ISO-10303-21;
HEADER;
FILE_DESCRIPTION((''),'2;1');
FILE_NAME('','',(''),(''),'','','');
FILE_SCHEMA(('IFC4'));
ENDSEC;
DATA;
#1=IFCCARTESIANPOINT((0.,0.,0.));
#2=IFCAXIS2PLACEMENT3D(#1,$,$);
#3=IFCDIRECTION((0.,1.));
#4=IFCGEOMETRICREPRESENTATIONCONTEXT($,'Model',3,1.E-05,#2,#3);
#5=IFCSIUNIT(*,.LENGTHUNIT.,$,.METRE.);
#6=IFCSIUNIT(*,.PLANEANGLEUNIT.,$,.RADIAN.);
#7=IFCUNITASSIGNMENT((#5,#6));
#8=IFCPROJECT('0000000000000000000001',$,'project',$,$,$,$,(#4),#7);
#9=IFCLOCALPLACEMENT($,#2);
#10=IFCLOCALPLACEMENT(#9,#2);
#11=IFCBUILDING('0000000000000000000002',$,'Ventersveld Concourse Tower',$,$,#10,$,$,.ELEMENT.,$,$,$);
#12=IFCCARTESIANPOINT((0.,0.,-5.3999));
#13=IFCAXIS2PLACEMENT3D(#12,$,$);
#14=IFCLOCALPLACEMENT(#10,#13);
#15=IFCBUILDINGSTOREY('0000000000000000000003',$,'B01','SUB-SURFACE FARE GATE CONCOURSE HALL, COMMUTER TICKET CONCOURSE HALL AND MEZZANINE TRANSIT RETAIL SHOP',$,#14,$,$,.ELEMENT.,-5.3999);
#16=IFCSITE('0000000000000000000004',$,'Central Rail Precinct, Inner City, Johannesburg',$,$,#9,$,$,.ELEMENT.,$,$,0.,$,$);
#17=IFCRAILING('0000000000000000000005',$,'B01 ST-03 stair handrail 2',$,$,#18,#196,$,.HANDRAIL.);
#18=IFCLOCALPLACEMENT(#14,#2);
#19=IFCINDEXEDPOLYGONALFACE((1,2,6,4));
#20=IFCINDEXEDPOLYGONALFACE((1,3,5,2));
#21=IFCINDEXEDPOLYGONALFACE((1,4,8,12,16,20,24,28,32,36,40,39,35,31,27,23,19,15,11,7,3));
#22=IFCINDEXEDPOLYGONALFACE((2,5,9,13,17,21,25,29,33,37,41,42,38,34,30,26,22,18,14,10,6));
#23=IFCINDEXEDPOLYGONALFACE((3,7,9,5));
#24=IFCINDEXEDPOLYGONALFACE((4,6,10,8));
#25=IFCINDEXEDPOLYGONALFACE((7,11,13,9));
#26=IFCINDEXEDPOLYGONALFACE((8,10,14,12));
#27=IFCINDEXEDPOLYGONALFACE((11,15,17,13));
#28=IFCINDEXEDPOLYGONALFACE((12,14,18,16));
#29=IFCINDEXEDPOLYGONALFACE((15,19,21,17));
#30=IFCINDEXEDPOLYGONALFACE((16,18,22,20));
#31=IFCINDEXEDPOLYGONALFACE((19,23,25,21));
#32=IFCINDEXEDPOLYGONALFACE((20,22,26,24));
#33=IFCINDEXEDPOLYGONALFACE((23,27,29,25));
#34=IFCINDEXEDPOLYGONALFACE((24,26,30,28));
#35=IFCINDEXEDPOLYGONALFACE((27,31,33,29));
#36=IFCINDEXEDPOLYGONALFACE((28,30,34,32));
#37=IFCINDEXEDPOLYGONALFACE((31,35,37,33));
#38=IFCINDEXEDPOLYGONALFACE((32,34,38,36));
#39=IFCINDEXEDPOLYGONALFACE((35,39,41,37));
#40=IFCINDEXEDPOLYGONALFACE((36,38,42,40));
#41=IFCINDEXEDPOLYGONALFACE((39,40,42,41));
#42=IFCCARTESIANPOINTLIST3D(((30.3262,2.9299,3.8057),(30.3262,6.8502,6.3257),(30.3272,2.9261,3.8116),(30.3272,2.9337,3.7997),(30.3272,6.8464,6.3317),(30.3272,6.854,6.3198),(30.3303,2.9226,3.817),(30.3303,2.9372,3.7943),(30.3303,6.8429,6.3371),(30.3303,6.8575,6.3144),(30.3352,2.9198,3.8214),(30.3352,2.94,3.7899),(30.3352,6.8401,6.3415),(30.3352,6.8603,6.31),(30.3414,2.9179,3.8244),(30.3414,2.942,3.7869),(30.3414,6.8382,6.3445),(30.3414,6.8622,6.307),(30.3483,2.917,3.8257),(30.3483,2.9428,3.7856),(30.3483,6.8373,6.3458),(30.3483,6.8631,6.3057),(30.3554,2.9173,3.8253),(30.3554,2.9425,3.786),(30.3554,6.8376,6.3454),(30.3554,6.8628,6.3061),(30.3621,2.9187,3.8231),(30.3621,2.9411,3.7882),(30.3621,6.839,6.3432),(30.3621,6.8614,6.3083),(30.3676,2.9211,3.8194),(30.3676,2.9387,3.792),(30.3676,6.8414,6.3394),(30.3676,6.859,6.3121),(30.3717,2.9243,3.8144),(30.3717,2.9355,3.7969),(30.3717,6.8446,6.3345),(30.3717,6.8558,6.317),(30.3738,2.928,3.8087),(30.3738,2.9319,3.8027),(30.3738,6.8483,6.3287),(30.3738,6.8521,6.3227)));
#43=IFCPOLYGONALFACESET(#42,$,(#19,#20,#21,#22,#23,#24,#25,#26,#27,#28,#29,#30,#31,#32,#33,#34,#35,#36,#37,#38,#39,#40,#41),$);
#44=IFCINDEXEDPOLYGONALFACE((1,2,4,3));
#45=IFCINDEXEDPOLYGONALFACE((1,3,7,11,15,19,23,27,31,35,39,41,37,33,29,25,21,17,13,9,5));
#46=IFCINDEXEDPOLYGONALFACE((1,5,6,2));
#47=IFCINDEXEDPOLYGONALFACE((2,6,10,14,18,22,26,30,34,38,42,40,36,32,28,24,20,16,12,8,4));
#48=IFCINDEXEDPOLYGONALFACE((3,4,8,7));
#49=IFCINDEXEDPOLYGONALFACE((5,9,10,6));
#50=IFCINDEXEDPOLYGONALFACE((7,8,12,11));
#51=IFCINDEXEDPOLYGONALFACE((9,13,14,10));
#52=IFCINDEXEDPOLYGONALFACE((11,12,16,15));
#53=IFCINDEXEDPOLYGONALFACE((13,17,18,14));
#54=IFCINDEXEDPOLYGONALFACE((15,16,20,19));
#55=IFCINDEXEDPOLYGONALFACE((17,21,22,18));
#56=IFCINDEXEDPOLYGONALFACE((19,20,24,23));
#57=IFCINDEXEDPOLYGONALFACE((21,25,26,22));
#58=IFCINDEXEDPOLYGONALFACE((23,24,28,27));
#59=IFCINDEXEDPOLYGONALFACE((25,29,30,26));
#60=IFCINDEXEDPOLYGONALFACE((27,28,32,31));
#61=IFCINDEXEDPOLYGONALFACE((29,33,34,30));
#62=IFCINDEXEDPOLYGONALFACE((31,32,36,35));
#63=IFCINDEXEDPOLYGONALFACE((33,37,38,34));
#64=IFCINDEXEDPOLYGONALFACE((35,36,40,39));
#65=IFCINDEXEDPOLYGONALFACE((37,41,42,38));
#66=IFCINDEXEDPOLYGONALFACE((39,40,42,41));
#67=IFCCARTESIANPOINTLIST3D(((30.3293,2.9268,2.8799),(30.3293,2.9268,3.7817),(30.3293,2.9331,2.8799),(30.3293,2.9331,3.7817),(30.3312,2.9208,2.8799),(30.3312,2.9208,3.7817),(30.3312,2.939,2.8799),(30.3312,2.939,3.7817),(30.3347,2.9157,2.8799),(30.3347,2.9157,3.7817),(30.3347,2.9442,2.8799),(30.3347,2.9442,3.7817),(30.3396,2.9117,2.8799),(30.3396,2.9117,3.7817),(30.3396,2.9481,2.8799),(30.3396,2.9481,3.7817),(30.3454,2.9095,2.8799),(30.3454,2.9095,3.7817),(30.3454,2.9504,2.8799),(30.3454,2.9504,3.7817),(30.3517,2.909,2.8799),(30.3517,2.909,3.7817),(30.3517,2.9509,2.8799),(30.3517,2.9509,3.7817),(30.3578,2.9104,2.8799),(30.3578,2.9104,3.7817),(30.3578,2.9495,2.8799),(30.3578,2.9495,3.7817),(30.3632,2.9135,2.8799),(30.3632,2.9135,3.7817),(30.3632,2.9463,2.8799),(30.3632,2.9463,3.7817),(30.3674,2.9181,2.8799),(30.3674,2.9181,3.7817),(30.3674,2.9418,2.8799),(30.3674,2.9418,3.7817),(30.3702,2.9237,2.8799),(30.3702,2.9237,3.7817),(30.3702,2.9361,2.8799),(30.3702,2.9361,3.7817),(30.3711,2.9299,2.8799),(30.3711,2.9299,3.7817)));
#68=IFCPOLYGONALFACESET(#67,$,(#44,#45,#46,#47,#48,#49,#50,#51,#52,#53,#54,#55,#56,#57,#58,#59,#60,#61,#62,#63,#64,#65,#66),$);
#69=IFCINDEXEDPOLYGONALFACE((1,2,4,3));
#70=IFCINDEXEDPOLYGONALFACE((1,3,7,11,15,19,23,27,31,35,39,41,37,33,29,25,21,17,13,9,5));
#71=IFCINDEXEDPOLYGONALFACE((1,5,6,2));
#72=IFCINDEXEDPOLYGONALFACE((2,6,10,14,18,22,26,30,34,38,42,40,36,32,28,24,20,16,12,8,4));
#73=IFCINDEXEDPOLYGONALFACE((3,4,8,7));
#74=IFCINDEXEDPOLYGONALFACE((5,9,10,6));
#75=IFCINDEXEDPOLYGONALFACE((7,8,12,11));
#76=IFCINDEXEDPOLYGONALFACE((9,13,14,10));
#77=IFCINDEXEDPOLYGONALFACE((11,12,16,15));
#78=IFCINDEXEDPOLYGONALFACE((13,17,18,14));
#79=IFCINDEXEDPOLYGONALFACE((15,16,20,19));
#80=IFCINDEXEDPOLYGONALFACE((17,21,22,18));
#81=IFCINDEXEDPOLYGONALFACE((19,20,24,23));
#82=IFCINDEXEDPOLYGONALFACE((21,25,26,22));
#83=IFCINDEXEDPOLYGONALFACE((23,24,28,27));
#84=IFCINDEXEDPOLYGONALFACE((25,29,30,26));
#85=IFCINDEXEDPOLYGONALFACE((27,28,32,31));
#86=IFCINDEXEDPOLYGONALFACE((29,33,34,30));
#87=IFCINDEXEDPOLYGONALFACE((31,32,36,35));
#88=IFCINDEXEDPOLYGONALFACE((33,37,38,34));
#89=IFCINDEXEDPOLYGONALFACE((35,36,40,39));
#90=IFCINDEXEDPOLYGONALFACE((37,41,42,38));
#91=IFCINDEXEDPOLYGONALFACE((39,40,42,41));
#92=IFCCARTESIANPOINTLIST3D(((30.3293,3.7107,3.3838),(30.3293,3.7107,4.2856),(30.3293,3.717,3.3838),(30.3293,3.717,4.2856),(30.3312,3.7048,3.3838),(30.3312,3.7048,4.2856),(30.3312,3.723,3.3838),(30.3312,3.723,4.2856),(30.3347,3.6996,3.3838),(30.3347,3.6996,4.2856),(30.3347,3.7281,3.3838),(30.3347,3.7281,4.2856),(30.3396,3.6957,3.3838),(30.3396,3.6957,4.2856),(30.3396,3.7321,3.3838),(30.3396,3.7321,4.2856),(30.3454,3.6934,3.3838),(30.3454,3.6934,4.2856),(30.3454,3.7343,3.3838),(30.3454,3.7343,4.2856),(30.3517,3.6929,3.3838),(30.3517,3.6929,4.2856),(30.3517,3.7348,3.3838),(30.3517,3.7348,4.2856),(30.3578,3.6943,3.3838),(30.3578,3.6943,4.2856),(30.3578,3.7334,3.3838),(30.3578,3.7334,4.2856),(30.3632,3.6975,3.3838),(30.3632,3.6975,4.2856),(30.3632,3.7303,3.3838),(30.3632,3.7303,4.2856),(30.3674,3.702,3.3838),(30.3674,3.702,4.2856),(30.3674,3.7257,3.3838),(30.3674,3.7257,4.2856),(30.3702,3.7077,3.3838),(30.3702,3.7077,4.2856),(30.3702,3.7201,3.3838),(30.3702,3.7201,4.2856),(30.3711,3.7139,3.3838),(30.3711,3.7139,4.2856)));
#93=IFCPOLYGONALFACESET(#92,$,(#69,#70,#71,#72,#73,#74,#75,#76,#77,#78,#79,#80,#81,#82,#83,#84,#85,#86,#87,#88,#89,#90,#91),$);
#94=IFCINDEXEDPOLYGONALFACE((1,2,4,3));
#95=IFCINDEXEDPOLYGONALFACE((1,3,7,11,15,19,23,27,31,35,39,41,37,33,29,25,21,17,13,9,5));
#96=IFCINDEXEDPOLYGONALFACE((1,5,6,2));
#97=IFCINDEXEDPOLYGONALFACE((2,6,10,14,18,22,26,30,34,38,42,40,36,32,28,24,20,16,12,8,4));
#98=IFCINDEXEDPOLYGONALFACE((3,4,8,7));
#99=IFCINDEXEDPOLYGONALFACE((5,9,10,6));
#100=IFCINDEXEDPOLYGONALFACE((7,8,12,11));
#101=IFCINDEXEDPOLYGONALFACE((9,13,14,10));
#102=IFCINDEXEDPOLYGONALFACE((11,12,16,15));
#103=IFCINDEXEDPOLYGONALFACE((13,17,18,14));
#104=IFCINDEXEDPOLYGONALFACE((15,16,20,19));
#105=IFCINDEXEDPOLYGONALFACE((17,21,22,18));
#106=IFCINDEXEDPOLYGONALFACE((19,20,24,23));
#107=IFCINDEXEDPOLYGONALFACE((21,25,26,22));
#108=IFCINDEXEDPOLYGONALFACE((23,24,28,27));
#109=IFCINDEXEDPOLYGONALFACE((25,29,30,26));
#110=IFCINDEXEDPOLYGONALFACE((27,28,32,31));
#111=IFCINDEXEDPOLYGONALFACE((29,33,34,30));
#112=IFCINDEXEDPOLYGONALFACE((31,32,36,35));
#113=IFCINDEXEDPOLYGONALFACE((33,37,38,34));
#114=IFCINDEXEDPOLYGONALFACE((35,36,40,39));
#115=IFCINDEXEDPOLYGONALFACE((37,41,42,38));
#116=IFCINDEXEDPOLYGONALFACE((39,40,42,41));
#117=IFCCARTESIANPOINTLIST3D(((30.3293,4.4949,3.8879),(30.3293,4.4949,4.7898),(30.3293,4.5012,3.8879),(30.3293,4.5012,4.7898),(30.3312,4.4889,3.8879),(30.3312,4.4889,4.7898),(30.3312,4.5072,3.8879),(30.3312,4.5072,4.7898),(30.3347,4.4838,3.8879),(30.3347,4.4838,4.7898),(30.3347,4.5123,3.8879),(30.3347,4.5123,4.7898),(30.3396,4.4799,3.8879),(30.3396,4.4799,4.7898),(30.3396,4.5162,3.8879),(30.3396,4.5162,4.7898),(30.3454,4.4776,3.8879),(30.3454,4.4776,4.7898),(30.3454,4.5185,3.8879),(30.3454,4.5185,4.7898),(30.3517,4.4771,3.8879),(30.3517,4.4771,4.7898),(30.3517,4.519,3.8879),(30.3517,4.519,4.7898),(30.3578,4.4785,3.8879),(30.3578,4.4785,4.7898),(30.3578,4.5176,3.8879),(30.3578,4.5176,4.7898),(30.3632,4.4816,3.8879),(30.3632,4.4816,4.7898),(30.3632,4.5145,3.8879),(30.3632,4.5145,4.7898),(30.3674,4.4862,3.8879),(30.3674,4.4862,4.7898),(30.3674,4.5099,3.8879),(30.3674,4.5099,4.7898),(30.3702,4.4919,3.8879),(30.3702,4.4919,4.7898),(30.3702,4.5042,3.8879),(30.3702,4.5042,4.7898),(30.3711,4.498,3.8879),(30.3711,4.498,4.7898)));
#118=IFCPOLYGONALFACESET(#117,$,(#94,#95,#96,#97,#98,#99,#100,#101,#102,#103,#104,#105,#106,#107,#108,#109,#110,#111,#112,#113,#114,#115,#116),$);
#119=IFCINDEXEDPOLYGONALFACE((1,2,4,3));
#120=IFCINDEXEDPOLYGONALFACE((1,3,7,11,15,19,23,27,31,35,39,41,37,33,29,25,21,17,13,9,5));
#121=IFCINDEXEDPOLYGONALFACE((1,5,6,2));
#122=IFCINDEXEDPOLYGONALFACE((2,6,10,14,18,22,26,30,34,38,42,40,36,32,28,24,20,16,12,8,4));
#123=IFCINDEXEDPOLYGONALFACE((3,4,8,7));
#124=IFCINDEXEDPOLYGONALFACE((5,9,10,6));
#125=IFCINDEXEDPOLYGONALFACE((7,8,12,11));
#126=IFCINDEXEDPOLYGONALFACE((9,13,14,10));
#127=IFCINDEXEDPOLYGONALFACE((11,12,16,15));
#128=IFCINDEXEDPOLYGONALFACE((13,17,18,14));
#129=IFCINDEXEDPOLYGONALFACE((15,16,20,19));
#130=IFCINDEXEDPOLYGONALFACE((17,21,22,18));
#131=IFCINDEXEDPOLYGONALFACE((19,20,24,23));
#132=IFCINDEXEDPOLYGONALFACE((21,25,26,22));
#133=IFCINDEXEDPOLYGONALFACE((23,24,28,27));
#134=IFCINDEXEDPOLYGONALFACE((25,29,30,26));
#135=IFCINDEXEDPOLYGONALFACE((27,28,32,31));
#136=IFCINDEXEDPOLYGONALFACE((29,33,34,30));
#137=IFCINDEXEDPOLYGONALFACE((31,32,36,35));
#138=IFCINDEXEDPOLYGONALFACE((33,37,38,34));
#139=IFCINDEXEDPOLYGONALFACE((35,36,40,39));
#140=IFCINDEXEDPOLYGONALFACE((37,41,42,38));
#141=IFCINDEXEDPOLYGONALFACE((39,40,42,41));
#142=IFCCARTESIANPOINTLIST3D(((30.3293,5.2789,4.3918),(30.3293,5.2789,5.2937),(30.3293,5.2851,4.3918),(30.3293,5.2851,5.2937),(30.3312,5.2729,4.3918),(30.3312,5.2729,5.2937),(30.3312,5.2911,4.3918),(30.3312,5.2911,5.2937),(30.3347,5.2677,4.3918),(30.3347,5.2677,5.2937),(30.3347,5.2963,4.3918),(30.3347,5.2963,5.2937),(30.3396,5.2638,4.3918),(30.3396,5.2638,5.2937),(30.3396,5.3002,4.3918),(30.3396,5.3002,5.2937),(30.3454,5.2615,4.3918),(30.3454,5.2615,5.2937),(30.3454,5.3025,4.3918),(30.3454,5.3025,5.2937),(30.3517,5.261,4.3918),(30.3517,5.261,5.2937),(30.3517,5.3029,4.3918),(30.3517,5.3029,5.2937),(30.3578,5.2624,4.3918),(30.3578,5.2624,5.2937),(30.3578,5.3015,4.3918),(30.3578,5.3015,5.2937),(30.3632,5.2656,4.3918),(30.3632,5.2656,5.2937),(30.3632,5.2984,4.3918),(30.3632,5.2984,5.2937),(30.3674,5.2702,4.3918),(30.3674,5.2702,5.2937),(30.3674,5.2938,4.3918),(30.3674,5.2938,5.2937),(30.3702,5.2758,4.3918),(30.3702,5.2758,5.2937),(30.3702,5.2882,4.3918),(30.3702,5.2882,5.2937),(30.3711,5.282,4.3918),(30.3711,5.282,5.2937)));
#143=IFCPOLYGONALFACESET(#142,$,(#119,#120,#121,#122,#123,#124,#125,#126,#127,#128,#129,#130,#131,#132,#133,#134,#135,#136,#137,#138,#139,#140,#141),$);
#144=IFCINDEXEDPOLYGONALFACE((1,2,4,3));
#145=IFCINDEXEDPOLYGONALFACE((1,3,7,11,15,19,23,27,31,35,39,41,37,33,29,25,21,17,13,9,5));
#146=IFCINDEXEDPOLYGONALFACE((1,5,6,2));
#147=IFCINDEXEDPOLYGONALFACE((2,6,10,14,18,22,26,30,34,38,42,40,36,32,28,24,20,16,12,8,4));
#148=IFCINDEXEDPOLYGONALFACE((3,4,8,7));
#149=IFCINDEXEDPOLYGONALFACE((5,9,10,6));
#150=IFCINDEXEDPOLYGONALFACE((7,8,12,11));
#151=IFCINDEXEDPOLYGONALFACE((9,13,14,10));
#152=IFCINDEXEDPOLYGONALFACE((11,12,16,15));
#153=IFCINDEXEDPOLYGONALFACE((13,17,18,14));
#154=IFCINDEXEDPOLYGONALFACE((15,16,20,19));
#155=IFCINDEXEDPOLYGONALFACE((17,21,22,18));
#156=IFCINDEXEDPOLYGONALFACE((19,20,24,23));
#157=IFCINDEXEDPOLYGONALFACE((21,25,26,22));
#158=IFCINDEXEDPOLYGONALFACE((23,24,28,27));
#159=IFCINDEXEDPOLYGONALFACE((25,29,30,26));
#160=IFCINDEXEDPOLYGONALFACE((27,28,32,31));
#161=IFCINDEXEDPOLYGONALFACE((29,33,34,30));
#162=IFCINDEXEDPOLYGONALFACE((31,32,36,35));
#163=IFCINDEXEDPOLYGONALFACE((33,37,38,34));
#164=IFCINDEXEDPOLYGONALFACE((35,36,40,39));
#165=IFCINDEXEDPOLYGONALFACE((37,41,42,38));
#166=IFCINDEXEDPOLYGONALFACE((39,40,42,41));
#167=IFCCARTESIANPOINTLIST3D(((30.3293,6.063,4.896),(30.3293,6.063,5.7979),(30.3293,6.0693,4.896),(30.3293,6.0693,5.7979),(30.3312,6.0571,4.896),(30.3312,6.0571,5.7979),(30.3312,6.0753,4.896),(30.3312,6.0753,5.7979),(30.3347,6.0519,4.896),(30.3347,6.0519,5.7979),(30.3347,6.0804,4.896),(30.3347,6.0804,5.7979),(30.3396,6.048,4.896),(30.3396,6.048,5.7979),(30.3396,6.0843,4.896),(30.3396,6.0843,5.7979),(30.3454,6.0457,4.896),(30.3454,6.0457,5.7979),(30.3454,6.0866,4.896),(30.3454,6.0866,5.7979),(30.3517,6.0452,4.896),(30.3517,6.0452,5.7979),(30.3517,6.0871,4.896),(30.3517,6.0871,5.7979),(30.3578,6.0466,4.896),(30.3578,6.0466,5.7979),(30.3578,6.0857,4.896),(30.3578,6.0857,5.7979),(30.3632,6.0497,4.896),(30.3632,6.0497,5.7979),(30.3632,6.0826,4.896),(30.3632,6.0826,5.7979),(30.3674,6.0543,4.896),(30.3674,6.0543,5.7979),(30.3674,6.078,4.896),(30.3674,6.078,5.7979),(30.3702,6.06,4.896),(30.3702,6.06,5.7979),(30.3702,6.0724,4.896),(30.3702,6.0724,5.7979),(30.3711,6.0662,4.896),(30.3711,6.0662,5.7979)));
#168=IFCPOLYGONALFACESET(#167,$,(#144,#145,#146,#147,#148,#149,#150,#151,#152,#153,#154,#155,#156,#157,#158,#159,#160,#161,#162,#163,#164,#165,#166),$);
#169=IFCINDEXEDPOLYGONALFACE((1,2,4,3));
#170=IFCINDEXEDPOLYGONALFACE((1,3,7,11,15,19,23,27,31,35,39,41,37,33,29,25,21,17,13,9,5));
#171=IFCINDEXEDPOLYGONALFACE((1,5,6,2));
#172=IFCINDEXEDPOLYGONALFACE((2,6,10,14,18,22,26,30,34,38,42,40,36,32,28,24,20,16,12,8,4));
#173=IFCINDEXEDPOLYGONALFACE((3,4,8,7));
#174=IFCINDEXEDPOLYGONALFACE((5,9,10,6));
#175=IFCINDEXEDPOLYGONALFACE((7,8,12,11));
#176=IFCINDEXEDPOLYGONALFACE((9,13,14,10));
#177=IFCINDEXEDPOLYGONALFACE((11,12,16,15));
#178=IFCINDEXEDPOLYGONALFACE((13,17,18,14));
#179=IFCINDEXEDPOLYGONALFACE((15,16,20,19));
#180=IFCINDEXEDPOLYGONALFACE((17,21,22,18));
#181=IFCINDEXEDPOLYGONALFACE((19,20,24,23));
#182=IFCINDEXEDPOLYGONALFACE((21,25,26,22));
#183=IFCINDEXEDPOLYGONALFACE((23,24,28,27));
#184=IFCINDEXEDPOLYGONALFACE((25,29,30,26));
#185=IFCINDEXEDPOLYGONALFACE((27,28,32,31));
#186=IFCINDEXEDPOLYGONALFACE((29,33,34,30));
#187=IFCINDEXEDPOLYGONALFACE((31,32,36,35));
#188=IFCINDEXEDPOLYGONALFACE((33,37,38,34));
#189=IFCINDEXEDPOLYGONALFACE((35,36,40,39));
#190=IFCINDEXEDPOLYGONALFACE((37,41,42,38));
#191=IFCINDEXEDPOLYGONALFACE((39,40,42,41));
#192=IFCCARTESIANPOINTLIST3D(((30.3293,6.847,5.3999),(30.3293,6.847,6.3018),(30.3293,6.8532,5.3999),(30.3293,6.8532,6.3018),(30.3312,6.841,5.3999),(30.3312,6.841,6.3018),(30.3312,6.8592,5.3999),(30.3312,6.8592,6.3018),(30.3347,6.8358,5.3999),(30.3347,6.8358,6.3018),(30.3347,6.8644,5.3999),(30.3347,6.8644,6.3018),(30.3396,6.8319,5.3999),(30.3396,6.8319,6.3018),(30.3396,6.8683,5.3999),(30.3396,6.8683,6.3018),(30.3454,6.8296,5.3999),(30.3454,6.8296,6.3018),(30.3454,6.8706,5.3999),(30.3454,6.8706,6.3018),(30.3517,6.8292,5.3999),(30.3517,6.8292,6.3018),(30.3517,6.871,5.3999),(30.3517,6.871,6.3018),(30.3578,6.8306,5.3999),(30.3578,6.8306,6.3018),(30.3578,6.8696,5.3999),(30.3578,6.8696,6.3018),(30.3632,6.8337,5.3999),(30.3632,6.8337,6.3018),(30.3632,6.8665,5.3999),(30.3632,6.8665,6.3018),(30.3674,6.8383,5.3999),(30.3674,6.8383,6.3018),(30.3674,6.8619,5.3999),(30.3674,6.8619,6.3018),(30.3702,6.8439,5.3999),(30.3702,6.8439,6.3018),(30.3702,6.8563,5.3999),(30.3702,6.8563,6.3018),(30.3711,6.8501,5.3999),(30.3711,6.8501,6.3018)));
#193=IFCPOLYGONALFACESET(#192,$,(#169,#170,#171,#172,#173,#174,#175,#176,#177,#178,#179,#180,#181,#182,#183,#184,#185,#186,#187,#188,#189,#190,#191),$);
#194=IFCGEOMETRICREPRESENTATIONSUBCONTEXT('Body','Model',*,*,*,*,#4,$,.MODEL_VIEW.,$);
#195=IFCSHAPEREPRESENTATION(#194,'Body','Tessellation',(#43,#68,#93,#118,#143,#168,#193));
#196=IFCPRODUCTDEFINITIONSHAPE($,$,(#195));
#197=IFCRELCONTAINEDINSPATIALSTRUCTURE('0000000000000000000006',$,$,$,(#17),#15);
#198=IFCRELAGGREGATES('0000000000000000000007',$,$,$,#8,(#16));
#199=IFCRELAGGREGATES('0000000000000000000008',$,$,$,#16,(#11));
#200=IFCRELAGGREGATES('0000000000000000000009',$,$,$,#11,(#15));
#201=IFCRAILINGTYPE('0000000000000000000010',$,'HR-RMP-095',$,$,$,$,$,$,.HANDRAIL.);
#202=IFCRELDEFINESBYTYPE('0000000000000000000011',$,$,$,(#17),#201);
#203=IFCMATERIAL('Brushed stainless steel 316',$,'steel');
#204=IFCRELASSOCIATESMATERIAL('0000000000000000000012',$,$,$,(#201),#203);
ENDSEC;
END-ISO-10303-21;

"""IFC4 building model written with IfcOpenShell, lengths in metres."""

from ifc_helpers import new_model, si_unit, direction, frame, origin, origin_2d, place, context, subcontext, project, spatial, circle, extrude, material, type_object, element, save


model = new_model("IFC4")

# Units and contexts
model_context = context("Model", 3, precision=1e-05, world=origin(), true_north=direction((0.0, 1.0)))
body_context = subcontext(model_context, "Body", "Model", "MODEL_VIEW")
ifc_project = project(units=[si_unit("LENGTHUNIT", "METRE"), si_unit("PLANEANGLEUNIT", "RADIAN")], contexts=[model_context])

# Site, building, storey
site_placement = place(None, origin())
site = spatial("IfcSite", under=ifc_project, at=site_placement, Name="Central Rail Precinct, Inner City, Johannesburg", CompositionType="ELEMENT", RefElevation=0.0)
building_placement = place(site_placement, origin())
building = spatial("IfcBuilding", under=site, at=building_placement, Name="Ventersveld Concourse Tower", CompositionType="ELEMENT")
storey_placement = place(building_placement, frame((0.0, 0.0, -5.3999)))
storey = spatial("IfcBuildingStorey", under=building, at=storey_placement, Name="B01", Description="SUB-SURFACE FARE GATE CONCOURSE HALL, COMMUTER TICKET CONCOURSE HALL AND MEZZANINE TRANSIT RETAIL SHOP", CompositionType="ELEMENT", Elevation=-5.3999)

# Railing
ifc_material_1 = material(Name="Brushed stainless steel 316", Category="steel")
railing_type_1 = type_object("IfcRailingType", Name="HR-RMP-095", PredefinedType="HANDRAIL", material=ifc_material_1)
railing_1_placement = place(storey_placement, frame((30.3501, 2.9299, 2.8799)))
element("IfcRailing", 1, at=railing_1_placement, inside=storey, type_object=railing_type_1, Name="B01 ST-03 stair handrail 2", PredefinedType="HANDRAIL", context=body_context, shape_type="SweptSolid", body=[
    extrude(circle(Radius=0.0239, at=origin_2d()), frame((0.0, 0.0, 0.9258), z_axis=(0.0, 0.841187, 0.540744), x_axis=(-1.0, 0.0, 0.0)), (0.0, 0.0, 1.0), 4.6604),
    extrude(circle(Radius=0.021, at=origin_2d()), origin(), (0.0, 0.0, 1.0), 0.9019),
    extrude(circle(Radius=0.021, at=origin_2d()), frame((0.0, 0.7839, 0.5039)), (0.0, 0.0, 1.0), 0.9019),
    extrude(circle(Radius=0.021, at=origin_2d()), frame((0.0, 1.5681, 1.0081)), (0.0, 0.0, 1.0), 0.9019),
    extrude(circle(Radius=0.021, at=origin_2d()), frame((0.0, 2.3521, 1.512)), (0.0, 0.0, 1.0), 0.9019),
    extrude(circle(Radius=0.021, at=origin_2d()), frame((0.0, 3.1362, 2.0161)), (0.0, 0.0, 1.0), 0.9019),
    extrude(circle(Radius=0.021, at=origin_2d()), frame((0.0, 3.9202, 2.52)), (0.0, 0.0, 1.0), 0.9019),
])

save(model, "model.ifc")
